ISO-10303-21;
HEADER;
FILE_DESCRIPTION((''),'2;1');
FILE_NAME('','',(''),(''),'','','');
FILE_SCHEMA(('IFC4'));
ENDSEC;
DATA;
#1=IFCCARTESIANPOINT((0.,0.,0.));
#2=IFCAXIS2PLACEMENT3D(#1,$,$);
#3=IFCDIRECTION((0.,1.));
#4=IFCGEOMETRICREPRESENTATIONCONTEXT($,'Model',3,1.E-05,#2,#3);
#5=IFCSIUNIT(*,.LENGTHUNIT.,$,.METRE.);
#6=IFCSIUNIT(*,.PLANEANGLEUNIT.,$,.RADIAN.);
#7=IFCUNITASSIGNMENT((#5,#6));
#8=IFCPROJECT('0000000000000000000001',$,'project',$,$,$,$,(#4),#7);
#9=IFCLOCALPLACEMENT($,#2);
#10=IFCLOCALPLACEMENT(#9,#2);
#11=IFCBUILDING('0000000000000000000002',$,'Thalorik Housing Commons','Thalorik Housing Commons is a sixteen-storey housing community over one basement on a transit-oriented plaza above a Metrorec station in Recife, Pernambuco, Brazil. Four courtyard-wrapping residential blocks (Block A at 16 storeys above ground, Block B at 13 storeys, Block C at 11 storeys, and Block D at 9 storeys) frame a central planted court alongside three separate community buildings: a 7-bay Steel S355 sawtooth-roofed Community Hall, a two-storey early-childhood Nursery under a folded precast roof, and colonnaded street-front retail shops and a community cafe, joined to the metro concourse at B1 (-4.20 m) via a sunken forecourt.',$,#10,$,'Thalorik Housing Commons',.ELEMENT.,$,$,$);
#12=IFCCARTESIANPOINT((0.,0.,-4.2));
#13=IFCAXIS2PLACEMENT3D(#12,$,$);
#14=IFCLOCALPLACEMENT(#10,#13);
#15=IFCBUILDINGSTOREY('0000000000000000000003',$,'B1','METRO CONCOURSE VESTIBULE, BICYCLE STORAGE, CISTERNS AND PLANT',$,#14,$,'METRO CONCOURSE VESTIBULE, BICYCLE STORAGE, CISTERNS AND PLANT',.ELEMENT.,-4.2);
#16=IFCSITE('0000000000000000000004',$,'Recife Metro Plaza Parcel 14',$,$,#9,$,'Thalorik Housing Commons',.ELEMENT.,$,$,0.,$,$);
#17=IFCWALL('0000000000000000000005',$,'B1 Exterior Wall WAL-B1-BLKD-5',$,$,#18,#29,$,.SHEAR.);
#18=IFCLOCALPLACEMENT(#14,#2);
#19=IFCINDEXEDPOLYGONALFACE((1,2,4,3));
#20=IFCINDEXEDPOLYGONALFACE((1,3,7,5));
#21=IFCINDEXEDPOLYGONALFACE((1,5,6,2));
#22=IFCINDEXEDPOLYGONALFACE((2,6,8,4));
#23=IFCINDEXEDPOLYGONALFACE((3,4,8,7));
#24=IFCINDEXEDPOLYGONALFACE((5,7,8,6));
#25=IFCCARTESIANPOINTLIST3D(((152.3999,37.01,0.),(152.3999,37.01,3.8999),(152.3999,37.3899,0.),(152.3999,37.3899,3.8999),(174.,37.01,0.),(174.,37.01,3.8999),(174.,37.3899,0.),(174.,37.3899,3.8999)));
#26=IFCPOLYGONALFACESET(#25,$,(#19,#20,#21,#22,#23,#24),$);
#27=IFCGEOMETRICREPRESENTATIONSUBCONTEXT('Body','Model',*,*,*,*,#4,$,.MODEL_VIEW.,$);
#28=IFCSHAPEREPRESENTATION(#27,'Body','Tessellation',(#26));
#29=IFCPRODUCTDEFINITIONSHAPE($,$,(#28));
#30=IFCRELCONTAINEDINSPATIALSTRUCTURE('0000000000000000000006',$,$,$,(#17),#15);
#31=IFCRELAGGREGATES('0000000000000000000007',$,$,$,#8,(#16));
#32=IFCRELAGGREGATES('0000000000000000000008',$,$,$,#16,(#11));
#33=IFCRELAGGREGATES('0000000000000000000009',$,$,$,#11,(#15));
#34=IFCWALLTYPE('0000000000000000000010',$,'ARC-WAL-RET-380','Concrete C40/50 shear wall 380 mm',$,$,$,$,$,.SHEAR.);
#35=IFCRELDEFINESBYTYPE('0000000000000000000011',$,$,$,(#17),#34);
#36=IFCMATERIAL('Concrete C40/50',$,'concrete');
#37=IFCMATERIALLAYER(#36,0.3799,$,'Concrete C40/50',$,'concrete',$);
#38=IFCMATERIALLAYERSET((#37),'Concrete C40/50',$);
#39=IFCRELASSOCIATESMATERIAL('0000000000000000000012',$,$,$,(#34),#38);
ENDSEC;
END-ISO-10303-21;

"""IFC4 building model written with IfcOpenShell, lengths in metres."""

from ifc_helpers import new_model, si_unit, direction, frame, frame_2d, origin, place, context, subcontext, project, spatial, rectangle, extrude, material, layer, layer_set, type_object, element, save


model = new_model("IFC4")

# Units and contexts
model_context = context("Model", 3, precision=1e-05, world=origin(), true_north=direction((0.0, 1.0)))
body_context = subcontext(model_context, "Body", "Model", "MODEL_VIEW")
ifc_project = project(units=[si_unit("LENGTHUNIT", "METRE"), si_unit("PLANEANGLEUNIT", "RADIAN")], contexts=[model_context])

# Site, building, storey
site_placement = place(None, origin())
site = spatial("IfcSite", under=ifc_project, at=site_placement, Name="Recife Metro Plaza Parcel 14", LongName="Thalorik Housing Commons", CompositionType="ELEMENT", RefElevation=0.0)
building_placement = place(site_placement, origin())
building = spatial("IfcBuilding", under=site, at=building_placement, Name="Thalorik Housing Commons", Description="Thalorik Housing Commons is a sixteen-storey housing community over one basement on a transit-oriented plaza above a Metrorec station in Recife, Pernambuco, Brazil. Four courtyard-wrapping residential blocks (Block A at 16 storeys above ground, Block B at 13 storeys, Block C at 11 storeys, and Block D at 9 storeys) frame a central planted court alongside three separate community buildings: a 7-bay Steel S355 sawtooth-roofed Community Hall, a two-storey early-childhood Nursery under a folded precast roof, and colonnaded street-front retail shops and a community cafe, joined to the metro concourse at B1 (-4.20 m) via a sunken forecourt.", LongName="Thalorik Housing Commons", CompositionType="ELEMENT")
storey_placement = place(building_placement, frame((0.0, 0.0, -4.2)))
storey = spatial("IfcBuildingStorey", under=building, at=storey_placement, Name="B1", Description="METRO CONCOURSE VESTIBULE, BICYCLE STORAGE, CISTERNS AND PLANT", LongName="METRO CONCOURSE VESTIBULE, BICYCLE STORAGE, CISTERNS AND PLANT", CompositionType="ELEMENT", Elevation=-4.2)

# Shared definitions
ifc_material_1 = material(Name="Concrete C40/50", Category="concrete")

# Wall
ifc_layer = layer(ifc_material_1, 0.3799, Name="Concrete C40/50", Category="concrete")
ifc_layer_set = layer_set([ifc_layer], Name="Concrete C40/50")
wall_type = type_object("IfcWallType", Name="ARC-WAL-RET-380", Description="Concrete C40/50 shear wall 380 mm", PredefinedType="SHEAR", material=ifc_layer_set)
wall_placement = place(storey_placement, frame((152.3999, 37.2, 0.0), z_axis=(0.0, 0.0, 1.0), x_axis=(1.0, 0.0, 0.0)))
element("IfcWall", 1, at=wall_placement, inside=storey, type_object=wall_type, Name="B1 Exterior Wall WAL-B1-BLKD-5", PredefinedType="SHEAR", context=body_context, shape_type="SweptSolid", body=[
    extrude(rectangle(XDim=21.6001, YDim=0.3799, at=frame_2d((10.8, 0.0))), origin(), (0.0, 0.0, 1.0), 3.8999),
])

save(model, "model.ifc")
